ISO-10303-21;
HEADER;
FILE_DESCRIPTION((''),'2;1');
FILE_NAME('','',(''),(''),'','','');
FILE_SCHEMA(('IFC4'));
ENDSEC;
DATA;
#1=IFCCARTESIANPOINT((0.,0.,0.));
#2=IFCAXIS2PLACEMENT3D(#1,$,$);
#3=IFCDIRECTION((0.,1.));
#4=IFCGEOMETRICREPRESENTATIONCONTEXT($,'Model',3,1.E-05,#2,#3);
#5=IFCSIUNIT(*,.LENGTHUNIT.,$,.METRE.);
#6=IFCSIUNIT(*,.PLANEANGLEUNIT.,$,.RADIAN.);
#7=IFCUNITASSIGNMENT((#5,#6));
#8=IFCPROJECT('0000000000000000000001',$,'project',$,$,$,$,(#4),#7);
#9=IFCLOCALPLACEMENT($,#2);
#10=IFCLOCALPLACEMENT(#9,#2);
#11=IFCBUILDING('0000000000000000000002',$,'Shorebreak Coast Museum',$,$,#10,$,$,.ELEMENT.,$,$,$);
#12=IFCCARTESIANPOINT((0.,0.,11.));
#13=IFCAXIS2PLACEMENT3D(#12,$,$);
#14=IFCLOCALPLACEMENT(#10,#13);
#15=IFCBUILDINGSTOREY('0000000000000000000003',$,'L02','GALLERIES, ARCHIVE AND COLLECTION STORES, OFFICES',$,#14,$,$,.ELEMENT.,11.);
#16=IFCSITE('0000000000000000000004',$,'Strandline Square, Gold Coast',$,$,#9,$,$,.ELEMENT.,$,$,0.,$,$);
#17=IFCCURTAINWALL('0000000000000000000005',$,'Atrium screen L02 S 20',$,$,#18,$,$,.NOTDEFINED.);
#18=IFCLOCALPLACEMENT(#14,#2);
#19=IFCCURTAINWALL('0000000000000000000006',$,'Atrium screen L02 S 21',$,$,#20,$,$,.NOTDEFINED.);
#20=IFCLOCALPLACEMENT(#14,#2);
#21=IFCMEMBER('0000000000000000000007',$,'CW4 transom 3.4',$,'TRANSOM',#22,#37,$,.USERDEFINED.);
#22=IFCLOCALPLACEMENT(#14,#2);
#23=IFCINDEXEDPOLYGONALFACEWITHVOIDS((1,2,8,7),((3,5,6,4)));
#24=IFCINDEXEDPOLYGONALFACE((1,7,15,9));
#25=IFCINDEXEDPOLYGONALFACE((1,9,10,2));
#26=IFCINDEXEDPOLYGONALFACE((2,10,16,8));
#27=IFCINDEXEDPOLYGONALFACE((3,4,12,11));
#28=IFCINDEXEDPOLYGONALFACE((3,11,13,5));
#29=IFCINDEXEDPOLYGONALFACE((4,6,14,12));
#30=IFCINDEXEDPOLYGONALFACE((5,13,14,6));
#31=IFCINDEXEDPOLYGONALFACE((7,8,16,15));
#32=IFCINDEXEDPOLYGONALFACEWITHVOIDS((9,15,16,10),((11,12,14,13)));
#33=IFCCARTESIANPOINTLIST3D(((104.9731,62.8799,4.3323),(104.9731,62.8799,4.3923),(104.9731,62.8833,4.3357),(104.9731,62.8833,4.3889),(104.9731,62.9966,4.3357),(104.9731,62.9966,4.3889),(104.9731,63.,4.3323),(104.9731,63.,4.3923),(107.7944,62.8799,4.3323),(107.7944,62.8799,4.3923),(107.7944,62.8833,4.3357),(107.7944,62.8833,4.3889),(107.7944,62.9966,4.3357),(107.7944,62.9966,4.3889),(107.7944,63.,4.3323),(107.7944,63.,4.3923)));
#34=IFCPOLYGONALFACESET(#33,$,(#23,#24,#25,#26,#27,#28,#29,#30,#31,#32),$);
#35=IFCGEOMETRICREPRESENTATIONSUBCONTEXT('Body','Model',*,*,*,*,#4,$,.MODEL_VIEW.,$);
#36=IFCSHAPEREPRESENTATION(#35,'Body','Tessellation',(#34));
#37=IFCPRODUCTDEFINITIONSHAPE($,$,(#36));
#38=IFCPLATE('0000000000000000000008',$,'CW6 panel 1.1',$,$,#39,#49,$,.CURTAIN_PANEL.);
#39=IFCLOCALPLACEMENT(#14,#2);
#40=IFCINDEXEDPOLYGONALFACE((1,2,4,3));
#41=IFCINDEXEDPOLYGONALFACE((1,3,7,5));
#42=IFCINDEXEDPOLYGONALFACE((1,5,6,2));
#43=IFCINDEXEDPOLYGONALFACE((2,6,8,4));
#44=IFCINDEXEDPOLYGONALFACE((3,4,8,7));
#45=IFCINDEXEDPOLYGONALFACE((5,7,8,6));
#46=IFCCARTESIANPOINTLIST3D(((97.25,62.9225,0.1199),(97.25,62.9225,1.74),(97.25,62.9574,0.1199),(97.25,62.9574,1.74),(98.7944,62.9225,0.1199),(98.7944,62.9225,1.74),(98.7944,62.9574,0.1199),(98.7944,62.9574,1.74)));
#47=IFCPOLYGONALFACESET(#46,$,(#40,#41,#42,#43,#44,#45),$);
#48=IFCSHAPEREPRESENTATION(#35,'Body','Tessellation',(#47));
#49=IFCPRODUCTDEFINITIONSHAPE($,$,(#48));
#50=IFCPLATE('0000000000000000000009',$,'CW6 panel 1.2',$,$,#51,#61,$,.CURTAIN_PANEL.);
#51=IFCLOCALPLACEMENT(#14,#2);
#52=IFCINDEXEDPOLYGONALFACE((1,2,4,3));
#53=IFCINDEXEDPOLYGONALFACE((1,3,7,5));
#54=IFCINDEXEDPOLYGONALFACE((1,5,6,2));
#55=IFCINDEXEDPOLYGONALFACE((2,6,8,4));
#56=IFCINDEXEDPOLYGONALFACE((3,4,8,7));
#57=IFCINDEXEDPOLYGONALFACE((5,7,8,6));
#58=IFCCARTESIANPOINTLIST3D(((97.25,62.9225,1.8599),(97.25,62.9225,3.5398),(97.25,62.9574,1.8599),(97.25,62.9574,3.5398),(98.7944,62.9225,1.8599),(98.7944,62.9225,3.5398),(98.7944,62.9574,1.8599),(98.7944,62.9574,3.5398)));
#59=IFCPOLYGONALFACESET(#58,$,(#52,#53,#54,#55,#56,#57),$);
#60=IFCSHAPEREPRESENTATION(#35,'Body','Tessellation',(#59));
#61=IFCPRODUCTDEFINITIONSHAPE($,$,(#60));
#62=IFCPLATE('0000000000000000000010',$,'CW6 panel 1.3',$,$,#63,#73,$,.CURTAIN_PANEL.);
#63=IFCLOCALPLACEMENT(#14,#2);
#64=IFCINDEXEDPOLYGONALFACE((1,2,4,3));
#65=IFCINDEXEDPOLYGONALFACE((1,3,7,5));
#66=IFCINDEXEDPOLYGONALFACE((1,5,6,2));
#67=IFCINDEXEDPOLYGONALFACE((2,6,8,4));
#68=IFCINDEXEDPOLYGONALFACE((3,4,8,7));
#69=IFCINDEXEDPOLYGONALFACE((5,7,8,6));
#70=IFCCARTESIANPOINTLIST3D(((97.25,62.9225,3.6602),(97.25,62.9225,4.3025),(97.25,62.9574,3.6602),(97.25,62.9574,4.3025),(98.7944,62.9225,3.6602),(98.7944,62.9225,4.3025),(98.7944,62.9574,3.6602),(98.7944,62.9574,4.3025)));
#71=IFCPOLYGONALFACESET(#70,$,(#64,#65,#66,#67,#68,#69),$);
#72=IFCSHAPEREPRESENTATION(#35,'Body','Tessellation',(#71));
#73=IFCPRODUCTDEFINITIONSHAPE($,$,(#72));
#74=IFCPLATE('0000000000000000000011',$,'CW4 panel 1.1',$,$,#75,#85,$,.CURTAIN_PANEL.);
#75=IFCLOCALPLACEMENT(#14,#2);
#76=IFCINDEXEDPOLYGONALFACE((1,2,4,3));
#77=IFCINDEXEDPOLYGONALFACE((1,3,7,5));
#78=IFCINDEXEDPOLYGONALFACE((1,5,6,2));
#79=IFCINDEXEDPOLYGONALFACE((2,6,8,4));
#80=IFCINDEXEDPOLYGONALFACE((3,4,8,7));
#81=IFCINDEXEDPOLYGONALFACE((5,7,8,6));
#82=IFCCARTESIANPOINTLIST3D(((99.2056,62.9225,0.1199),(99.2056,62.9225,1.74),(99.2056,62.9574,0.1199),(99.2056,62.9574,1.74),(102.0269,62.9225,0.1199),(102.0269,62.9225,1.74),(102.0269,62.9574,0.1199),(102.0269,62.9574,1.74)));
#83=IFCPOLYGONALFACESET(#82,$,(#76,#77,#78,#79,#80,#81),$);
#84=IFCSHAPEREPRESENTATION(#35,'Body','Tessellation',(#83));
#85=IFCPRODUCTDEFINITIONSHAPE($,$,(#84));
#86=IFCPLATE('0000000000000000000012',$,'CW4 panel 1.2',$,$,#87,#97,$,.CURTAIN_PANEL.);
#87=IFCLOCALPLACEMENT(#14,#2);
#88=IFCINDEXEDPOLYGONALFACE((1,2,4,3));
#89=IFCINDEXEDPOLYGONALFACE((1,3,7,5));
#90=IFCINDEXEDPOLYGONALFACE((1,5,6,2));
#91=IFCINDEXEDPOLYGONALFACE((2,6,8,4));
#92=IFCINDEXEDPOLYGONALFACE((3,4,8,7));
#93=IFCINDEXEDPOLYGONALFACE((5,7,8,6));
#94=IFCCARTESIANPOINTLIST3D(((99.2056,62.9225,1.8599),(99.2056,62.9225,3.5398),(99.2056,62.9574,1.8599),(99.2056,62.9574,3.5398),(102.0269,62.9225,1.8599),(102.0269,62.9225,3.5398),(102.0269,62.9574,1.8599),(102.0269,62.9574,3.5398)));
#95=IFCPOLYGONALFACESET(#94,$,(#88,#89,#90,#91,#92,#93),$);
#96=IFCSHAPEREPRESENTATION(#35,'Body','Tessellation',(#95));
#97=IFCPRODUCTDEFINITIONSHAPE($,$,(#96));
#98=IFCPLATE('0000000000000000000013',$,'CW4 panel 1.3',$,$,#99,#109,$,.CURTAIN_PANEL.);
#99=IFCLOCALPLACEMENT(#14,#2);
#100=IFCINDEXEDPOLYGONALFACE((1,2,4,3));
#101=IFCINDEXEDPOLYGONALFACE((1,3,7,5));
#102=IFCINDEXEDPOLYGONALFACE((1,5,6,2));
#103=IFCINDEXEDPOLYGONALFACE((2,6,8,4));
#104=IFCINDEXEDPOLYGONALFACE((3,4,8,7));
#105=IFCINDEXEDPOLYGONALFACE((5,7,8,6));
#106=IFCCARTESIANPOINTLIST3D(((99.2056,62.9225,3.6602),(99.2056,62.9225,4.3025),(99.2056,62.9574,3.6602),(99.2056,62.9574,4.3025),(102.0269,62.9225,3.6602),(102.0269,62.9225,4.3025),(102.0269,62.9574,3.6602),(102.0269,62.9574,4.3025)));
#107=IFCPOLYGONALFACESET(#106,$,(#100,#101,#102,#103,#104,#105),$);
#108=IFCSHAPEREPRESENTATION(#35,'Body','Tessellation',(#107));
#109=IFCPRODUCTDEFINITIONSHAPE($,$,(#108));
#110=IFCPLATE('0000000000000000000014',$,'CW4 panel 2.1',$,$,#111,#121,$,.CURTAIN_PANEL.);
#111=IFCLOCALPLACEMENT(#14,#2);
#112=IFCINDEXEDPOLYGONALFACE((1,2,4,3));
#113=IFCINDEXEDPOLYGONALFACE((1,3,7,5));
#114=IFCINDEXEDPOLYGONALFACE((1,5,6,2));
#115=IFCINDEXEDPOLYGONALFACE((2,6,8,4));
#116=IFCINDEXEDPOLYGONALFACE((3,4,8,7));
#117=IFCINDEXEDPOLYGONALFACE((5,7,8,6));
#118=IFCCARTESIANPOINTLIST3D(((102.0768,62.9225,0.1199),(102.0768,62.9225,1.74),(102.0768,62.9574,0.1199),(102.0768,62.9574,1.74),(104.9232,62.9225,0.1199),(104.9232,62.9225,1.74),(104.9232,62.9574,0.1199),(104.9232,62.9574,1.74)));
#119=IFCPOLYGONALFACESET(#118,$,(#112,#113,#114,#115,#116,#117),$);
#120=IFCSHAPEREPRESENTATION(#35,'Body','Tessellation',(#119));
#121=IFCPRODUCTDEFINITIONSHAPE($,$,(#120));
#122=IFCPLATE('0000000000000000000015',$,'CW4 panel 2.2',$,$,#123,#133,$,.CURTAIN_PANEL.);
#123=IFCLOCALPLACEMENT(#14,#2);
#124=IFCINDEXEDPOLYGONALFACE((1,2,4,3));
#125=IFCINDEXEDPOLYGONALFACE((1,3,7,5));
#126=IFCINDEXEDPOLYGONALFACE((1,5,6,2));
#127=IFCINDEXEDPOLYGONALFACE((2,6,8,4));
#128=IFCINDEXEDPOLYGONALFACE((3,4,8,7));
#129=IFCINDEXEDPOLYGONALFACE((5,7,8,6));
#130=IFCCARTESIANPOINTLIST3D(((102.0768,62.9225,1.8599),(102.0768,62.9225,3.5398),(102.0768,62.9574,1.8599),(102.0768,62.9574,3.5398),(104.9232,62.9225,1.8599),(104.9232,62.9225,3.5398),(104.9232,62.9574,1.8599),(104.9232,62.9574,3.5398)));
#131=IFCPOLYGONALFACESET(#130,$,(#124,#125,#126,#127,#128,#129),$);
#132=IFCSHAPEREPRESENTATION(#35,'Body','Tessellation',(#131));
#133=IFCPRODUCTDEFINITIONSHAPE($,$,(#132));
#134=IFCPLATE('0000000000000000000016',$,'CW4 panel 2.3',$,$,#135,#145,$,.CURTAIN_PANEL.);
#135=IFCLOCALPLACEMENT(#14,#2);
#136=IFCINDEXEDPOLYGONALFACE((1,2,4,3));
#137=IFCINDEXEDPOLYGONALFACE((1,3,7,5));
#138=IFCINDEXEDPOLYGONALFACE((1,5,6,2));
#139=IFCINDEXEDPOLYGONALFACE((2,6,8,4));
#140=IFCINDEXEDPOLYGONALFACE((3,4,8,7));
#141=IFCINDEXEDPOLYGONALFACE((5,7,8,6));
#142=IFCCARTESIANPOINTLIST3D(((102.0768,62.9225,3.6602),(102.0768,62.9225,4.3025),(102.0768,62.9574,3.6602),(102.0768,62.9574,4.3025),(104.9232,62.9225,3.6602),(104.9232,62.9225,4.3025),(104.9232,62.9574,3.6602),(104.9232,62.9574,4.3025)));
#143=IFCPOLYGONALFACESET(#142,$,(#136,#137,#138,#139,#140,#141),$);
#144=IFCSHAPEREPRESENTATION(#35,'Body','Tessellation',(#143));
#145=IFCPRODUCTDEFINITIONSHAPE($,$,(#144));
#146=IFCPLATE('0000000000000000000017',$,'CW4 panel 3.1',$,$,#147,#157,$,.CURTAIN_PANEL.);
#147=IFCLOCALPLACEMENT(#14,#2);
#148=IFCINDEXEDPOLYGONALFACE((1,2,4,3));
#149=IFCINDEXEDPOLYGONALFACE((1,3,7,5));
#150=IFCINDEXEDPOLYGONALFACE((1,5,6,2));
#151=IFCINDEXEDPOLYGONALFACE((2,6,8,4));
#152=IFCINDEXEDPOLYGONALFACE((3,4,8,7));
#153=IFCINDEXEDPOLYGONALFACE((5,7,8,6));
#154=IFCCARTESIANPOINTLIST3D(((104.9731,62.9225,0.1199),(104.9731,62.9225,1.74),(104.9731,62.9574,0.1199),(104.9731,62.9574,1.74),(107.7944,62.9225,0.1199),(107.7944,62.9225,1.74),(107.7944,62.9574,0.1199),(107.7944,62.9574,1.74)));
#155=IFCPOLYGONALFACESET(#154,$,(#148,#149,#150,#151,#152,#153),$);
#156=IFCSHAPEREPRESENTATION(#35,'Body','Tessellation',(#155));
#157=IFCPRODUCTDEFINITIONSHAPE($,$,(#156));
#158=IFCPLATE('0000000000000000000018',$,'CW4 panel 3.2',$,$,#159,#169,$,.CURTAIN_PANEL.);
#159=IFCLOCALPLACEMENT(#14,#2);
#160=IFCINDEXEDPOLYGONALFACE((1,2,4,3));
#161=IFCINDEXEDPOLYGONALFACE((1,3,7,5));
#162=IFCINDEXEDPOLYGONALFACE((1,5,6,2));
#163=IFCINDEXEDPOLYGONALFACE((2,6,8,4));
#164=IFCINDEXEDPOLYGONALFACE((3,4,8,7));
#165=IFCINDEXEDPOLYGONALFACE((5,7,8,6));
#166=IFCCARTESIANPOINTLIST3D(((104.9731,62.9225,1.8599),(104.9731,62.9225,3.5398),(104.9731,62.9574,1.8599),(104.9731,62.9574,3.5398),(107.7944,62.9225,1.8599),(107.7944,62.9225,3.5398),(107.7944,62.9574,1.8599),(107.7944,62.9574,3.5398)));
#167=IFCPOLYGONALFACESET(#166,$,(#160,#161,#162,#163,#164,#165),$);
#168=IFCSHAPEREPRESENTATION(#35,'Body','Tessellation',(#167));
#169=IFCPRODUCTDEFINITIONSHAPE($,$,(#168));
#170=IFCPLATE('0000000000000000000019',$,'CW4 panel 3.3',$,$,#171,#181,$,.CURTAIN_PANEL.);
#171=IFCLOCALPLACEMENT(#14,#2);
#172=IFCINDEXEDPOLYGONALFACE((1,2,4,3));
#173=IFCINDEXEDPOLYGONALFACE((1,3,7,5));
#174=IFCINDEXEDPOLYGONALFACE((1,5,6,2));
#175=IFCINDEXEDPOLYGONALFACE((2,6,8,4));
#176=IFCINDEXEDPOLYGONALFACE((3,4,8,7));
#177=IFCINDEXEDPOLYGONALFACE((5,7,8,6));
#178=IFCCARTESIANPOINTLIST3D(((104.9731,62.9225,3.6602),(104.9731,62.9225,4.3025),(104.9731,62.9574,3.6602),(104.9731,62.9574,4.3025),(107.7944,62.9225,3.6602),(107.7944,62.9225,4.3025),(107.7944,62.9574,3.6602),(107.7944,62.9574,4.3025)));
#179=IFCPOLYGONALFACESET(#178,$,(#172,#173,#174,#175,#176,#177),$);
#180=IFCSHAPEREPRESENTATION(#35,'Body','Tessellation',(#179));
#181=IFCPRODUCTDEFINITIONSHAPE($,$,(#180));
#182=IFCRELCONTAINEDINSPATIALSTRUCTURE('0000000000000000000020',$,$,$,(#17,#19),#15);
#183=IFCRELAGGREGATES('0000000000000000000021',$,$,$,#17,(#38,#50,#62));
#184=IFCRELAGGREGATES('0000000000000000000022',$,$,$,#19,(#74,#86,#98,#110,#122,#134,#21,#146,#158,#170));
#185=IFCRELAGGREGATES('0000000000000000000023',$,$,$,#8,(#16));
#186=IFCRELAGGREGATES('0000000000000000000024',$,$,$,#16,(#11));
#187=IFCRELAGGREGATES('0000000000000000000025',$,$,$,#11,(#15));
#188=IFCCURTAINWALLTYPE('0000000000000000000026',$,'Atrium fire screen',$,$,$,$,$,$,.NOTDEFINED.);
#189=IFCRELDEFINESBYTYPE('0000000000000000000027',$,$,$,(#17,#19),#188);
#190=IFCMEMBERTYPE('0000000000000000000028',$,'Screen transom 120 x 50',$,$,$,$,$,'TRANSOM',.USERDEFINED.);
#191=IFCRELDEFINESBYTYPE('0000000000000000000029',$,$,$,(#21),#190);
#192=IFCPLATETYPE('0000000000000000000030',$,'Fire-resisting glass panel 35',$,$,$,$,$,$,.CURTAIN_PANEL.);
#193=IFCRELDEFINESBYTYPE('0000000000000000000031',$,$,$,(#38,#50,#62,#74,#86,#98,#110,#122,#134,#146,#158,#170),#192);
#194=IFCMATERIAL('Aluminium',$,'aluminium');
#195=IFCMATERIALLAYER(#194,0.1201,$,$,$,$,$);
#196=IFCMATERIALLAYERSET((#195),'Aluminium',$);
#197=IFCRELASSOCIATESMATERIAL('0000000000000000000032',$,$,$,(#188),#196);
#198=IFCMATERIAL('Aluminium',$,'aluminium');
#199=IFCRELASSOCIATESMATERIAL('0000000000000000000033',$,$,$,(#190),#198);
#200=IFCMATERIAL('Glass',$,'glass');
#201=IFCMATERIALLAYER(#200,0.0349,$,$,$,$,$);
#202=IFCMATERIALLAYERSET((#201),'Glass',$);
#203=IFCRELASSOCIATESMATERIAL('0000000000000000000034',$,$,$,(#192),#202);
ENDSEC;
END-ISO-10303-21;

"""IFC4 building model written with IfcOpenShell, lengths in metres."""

from ifc_helpers import new_model, si_unit, direction, frame, origin, origin_2d, place, context, subcontext, project, spatial, rectangle, hollow_rectangle, extrude, material, layer, layer_set, material_profile, profile_set, type_object, element, aggregate, save


model = new_model("IFC4")

# Units and contexts
model_context = context("Model", 3, precision=1e-05, world=origin(), true_north=direction((0.0, 1.0)))
body_context = subcontext(model_context, "Body", "Model", "MODEL_VIEW")
ifc_project = project(units=[si_unit("LENGTHUNIT", "METRE"), si_unit("PLANEANGLEUNIT", "RADIAN")], contexts=[model_context])

# Site, building, storey
site_placement = place(None, origin())
site = spatial("IfcSite", under=ifc_project, at=site_placement, Name="Strandline Square, Gold Coast", CompositionType="ELEMENT", RefElevation=0.0)
building_placement = place(site_placement, origin())
building = spatial("IfcBuilding", under=site, at=building_placement, Name="Shorebreak Coast Museum", CompositionType="ELEMENT")
storey_placement = place(building_placement, frame((0.0, 0.0, 11.0)))
storey = spatial("IfcBuildingStorey", under=building, at=storey_placement, Name="L02", Description="GALLERIES, ARCHIVE AND COLLECTION STORES, OFFICES", CompositionType="ELEMENT", Elevation=11.0)

# Curtain walls
ifc_material_1 = material(Name="Aluminium", Category="aluminium")
ifc_layer_1 = layer(ifc_material_1, 0.1201)
ifc_layer_set_1 = layer_set([ifc_layer_1], Name="Aluminium")
curtain_wall_type = type_object("IfcCurtainWallType", Name="Atrium fire screen", PredefinedType="NOTDEFINED", material=ifc_layer_set_1)
curtain_wall_1_placement = place(storey_placement, origin())
curtain_wall_1 = element("IfcCurtainWall", 1, at=curtain_wall_1_placement, inside=storey, type_object=curtain_wall_type, Name="Atrium screen L02 S 20", PredefinedType="NOTDEFINED")
curtain_wall_2_placement = place(storey_placement, origin())
curtain_wall_2 = element("IfcCurtainWall", 2, at=curtain_wall_2_placement, inside=storey, type_object=curtain_wall_type, Name="Atrium screen L02 S 21", PredefinedType="NOTDEFINED")

# Member
ifc_material_2 = material(Name="Aluminium", Category="aluminium")
ifc_material_profile_1 = material_profile(ifc_material_2, hollow_rectangle(XDim=0.1201, YDim=0.0601, WallThickness=0.0034, at=origin_2d()), Name="AL 60x120 RHS")
ifc_profile_set_1 = profile_set([ifc_material_profile_1], Name="Aluminium")
member_type_1 = type_object("IfcMemberType", Name="Screen transom 120 x 50", ElementType="TRANSOM", PredefinedType="USERDEFINED", material=ifc_profile_set_1)
member_1_placement = place(storey_placement, frame((104.9731, 62.9399, 4.3623), z_axis=(1.0, 0.0, 0.0), x_axis=(0.0, 1.0, 0.0)))
member_1 = element("IfcMember", 3, at=member_1_placement, type_object=member_type_1, Name="CW4 transom 3.4", ObjectType="TRANSOM", PredefinedType="USERDEFINED", context=body_context, shape_type="SweptSolid", body=[
    extrude(hollow_rectangle(XDim=0.1201, YDim=0.0601, WallThickness=0.0034, at=origin_2d()), origin(), (0.0, 0.0, 1.0), 2.8213),
])

# Plates
ifc_material_3 = material(Name="Glass", Category="glass")
ifc_layer_2 = layer(ifc_material_3, 0.0349)
ifc_layer_set_2 = layer_set([ifc_layer_2], Name="Glass")
plate_type = type_object("IfcPlateType", Name="Fire-resisting glass panel 35", PredefinedType="CURTAIN_PANEL", material=ifc_layer_set_2)
plate_1_placement = place(storey_placement, frame((98.0222, 62.9399, 0.1199), z_axis=(0.0, 0.0, 1.0), x_axis=(1.0, 0.0, 0.0)))
plate_1 = element("IfcPlate", 4, at=plate_1_placement, type_object=plate_type, Name="CW6 panel 1.1", PredefinedType="CURTAIN_PANEL", context=body_context, shape_type="SweptSolid", body=[
    extrude(rectangle(XDim=1.5444, YDim=0.0349, at=origin_2d()), origin(), (0.0, 0.0, 1.0), 1.6201),
])
plate_2_placement = place(storey_placement, frame((98.0222, 62.9399, 1.8599), z_axis=(0.0, 0.0, 1.0), x_axis=(1.0, 0.0, 0.0)))
plate_2 = element("IfcPlate", 5, at=plate_2_placement, type_object=plate_type, Name="CW6 panel 1.2", PredefinedType="CURTAIN_PANEL", context=body_context, shape_type="SweptSolid", body=[
    extrude(rectangle(XDim=1.5444, YDim=0.0349, at=origin_2d()), origin(), (0.0, 0.0, 1.0), 1.6799),
])
plate_3_placement = place(storey_placement, frame((98.0222, 62.9399, 3.6602), z_axis=(0.0, 0.0, 1.0), x_axis=(1.0, 0.0, 0.0)))
plate_3 = element("IfcPlate", 6, at=plate_3_placement, type_object=plate_type, Name="CW6 panel 1.3", PredefinedType="CURTAIN_PANEL", context=body_context, shape_type="SweptSolid", body=[
    extrude(rectangle(XDim=1.5444, YDim=0.0349, at=origin_2d()), origin(), (0.0, 0.0, 1.0), 0.6423),
])
aggregate(curtain_wall_1, [plate_1, plate_2, plate_3])
plate_4_placement = place(storey_placement, frame((100.6162, 62.9399, 0.1199), z_axis=(0.0, 0.0, 1.0), x_axis=(1.0, 0.0, 0.0)))
plate_4 = element("IfcPlate", 7, at=plate_4_placement, type_object=plate_type, Name="CW4 panel 1.1", PredefinedType="CURTAIN_PANEL", context=body_context, shape_type="SweptSolid", body=[
    extrude(rectangle(XDim=2.8213, YDim=0.0349, at=origin_2d()), origin(), (0.0, 0.0, 1.0), 1.6201),
])
plate_5_placement = place(storey_placement, frame((100.6162, 62.9399, 1.8599), z_axis=(0.0, 0.0, 1.0), x_axis=(1.0, 0.0, 0.0)))
plate_5 = element("IfcPlate", 8, at=plate_5_placement, type_object=plate_type, Name="CW4 panel 1.2", PredefinedType="CURTAIN_PANEL", context=body_context, shape_type="SweptSolid", body=[
    extrude(rectangle(XDim=2.8213, YDim=0.0349, at=origin_2d()), origin(), (0.0, 0.0, 1.0), 1.6799),
])
plate_6_placement = place(storey_placement, frame((100.6162, 62.9399, 3.6602), z_axis=(0.0, 0.0, 1.0), x_axis=(1.0, 0.0, 0.0)))
plate_6 = element("IfcPlate", 9, at=plate_6_placement, type_object=plate_type, Name="CW4 panel 1.3", PredefinedType="CURTAIN_PANEL", context=body_context, shape_type="SweptSolid", body=[
    extrude(rectangle(XDim=2.8213, YDim=0.0349, at=origin_2d()), origin(), (0.0, 0.0, 1.0), 0.6423),
])
plate_7_placement = place(storey_placement, frame((103.5, 62.9399, 0.1199), z_axis=(0.0, 0.0, 1.0), x_axis=(1.0, 0.0, 0.0)))
plate_7 = element("IfcPlate", 10, at=plate_7_placement, type_object=plate_type, Name="CW4 panel 2.1", PredefinedType="CURTAIN_PANEL", context=body_context, shape_type="SweptSolid", body=[
    extrude(rectangle(XDim=2.8464, YDim=0.0349, at=origin_2d()), origin(), (0.0, 0.0, 1.0), 1.6201),
])
plate_8_placement = place(storey_placement, frame((103.5, 62.9399, 1.8599), z_axis=(0.0, 0.0, 1.0), x_axis=(1.0, 0.0, 0.0)))
plate_8 = element("IfcPlate", 11, at=plate_8_placement, type_object=plate_type, Name="CW4 panel 2.2", PredefinedType="CURTAIN_PANEL", context=body_context, shape_type="SweptSolid", body=[
    extrude(rectangle(XDim=2.8464, YDim=0.0349, at=origin_2d()), origin(), (0.0, 0.0, 1.0), 1.6799),
])
plate_9_placement = place(storey_placement, frame((103.5, 62.9399, 3.6602), z_axis=(0.0, 0.0, 1.0), x_axis=(1.0, 0.0, 0.0)))
plate_9 = element("IfcPlate", 12, at=plate_9_placement, type_object=plate_type, Name="CW4 panel 2.3", PredefinedType="CURTAIN_PANEL", context=body_context, shape_type="SweptSolid", body=[
    extrude(rectangle(XDim=2.8464, YDim=0.0349, at=origin_2d()), origin(), (0.0, 0.0, 1.0), 0.6423),
])
plate_10_placement = place(storey_placement, frame((106.3838, 62.9399, 0.1199), z_axis=(0.0, 0.0, 1.0), x_axis=(1.0, 0.0, 0.0)))
plate_10 = element("IfcPlate", 13, at=plate_10_placement, type_object=plate_type, Name="CW4 panel 3.1", PredefinedType="CURTAIN_PANEL", context=body_context, shape_type="SweptSolid", body=[
    extrude(rectangle(XDim=2.8213, YDim=0.0349, at=origin_2d()), origin(), (0.0, 0.0, 1.0), 1.6201),
])
plate_11_placement = place(storey_placement, frame((106.3838, 62.9399, 1.8599), z_axis=(0.0, 0.0, 1.0), x_axis=(1.0, 0.0, 0.0)))
plate_11 = element("IfcPlate", 14, at=plate_11_placement, type_object=plate_type, Name="CW4 panel 3.2", PredefinedType="CURTAIN_PANEL", context=body_context, shape_type="SweptSolid", body=[
    extrude(rectangle(XDim=2.8213, YDim=0.0349, at=origin_2d()), origin(), (0.0, 0.0, 1.0), 1.6799),
])
plate_12_placement = place(storey_placement, frame((106.3838, 62.9399, 3.6602), z_axis=(0.0, 0.0, 1.0), x_axis=(1.0, 0.0, 0.0)))
plate_12 = element("IfcPlate", 15, at=plate_12_placement, type_object=plate_type, Name="CW4 panel 3.3", PredefinedType="CURTAIN_PANEL", context=body_context, shape_type="SweptSolid", body=[
    extrude(rectangle(XDim=2.8213, YDim=0.0349, at=origin_2d()), origin(), (0.0, 0.0, 1.0), 0.6423),
])
aggregate(curtain_wall_2, [plate_4, plate_5, plate_6, plate_7, plate_8, plate_9, member_1, plate_10, plate_11, plate_12])

save(model, "model.ifc")
